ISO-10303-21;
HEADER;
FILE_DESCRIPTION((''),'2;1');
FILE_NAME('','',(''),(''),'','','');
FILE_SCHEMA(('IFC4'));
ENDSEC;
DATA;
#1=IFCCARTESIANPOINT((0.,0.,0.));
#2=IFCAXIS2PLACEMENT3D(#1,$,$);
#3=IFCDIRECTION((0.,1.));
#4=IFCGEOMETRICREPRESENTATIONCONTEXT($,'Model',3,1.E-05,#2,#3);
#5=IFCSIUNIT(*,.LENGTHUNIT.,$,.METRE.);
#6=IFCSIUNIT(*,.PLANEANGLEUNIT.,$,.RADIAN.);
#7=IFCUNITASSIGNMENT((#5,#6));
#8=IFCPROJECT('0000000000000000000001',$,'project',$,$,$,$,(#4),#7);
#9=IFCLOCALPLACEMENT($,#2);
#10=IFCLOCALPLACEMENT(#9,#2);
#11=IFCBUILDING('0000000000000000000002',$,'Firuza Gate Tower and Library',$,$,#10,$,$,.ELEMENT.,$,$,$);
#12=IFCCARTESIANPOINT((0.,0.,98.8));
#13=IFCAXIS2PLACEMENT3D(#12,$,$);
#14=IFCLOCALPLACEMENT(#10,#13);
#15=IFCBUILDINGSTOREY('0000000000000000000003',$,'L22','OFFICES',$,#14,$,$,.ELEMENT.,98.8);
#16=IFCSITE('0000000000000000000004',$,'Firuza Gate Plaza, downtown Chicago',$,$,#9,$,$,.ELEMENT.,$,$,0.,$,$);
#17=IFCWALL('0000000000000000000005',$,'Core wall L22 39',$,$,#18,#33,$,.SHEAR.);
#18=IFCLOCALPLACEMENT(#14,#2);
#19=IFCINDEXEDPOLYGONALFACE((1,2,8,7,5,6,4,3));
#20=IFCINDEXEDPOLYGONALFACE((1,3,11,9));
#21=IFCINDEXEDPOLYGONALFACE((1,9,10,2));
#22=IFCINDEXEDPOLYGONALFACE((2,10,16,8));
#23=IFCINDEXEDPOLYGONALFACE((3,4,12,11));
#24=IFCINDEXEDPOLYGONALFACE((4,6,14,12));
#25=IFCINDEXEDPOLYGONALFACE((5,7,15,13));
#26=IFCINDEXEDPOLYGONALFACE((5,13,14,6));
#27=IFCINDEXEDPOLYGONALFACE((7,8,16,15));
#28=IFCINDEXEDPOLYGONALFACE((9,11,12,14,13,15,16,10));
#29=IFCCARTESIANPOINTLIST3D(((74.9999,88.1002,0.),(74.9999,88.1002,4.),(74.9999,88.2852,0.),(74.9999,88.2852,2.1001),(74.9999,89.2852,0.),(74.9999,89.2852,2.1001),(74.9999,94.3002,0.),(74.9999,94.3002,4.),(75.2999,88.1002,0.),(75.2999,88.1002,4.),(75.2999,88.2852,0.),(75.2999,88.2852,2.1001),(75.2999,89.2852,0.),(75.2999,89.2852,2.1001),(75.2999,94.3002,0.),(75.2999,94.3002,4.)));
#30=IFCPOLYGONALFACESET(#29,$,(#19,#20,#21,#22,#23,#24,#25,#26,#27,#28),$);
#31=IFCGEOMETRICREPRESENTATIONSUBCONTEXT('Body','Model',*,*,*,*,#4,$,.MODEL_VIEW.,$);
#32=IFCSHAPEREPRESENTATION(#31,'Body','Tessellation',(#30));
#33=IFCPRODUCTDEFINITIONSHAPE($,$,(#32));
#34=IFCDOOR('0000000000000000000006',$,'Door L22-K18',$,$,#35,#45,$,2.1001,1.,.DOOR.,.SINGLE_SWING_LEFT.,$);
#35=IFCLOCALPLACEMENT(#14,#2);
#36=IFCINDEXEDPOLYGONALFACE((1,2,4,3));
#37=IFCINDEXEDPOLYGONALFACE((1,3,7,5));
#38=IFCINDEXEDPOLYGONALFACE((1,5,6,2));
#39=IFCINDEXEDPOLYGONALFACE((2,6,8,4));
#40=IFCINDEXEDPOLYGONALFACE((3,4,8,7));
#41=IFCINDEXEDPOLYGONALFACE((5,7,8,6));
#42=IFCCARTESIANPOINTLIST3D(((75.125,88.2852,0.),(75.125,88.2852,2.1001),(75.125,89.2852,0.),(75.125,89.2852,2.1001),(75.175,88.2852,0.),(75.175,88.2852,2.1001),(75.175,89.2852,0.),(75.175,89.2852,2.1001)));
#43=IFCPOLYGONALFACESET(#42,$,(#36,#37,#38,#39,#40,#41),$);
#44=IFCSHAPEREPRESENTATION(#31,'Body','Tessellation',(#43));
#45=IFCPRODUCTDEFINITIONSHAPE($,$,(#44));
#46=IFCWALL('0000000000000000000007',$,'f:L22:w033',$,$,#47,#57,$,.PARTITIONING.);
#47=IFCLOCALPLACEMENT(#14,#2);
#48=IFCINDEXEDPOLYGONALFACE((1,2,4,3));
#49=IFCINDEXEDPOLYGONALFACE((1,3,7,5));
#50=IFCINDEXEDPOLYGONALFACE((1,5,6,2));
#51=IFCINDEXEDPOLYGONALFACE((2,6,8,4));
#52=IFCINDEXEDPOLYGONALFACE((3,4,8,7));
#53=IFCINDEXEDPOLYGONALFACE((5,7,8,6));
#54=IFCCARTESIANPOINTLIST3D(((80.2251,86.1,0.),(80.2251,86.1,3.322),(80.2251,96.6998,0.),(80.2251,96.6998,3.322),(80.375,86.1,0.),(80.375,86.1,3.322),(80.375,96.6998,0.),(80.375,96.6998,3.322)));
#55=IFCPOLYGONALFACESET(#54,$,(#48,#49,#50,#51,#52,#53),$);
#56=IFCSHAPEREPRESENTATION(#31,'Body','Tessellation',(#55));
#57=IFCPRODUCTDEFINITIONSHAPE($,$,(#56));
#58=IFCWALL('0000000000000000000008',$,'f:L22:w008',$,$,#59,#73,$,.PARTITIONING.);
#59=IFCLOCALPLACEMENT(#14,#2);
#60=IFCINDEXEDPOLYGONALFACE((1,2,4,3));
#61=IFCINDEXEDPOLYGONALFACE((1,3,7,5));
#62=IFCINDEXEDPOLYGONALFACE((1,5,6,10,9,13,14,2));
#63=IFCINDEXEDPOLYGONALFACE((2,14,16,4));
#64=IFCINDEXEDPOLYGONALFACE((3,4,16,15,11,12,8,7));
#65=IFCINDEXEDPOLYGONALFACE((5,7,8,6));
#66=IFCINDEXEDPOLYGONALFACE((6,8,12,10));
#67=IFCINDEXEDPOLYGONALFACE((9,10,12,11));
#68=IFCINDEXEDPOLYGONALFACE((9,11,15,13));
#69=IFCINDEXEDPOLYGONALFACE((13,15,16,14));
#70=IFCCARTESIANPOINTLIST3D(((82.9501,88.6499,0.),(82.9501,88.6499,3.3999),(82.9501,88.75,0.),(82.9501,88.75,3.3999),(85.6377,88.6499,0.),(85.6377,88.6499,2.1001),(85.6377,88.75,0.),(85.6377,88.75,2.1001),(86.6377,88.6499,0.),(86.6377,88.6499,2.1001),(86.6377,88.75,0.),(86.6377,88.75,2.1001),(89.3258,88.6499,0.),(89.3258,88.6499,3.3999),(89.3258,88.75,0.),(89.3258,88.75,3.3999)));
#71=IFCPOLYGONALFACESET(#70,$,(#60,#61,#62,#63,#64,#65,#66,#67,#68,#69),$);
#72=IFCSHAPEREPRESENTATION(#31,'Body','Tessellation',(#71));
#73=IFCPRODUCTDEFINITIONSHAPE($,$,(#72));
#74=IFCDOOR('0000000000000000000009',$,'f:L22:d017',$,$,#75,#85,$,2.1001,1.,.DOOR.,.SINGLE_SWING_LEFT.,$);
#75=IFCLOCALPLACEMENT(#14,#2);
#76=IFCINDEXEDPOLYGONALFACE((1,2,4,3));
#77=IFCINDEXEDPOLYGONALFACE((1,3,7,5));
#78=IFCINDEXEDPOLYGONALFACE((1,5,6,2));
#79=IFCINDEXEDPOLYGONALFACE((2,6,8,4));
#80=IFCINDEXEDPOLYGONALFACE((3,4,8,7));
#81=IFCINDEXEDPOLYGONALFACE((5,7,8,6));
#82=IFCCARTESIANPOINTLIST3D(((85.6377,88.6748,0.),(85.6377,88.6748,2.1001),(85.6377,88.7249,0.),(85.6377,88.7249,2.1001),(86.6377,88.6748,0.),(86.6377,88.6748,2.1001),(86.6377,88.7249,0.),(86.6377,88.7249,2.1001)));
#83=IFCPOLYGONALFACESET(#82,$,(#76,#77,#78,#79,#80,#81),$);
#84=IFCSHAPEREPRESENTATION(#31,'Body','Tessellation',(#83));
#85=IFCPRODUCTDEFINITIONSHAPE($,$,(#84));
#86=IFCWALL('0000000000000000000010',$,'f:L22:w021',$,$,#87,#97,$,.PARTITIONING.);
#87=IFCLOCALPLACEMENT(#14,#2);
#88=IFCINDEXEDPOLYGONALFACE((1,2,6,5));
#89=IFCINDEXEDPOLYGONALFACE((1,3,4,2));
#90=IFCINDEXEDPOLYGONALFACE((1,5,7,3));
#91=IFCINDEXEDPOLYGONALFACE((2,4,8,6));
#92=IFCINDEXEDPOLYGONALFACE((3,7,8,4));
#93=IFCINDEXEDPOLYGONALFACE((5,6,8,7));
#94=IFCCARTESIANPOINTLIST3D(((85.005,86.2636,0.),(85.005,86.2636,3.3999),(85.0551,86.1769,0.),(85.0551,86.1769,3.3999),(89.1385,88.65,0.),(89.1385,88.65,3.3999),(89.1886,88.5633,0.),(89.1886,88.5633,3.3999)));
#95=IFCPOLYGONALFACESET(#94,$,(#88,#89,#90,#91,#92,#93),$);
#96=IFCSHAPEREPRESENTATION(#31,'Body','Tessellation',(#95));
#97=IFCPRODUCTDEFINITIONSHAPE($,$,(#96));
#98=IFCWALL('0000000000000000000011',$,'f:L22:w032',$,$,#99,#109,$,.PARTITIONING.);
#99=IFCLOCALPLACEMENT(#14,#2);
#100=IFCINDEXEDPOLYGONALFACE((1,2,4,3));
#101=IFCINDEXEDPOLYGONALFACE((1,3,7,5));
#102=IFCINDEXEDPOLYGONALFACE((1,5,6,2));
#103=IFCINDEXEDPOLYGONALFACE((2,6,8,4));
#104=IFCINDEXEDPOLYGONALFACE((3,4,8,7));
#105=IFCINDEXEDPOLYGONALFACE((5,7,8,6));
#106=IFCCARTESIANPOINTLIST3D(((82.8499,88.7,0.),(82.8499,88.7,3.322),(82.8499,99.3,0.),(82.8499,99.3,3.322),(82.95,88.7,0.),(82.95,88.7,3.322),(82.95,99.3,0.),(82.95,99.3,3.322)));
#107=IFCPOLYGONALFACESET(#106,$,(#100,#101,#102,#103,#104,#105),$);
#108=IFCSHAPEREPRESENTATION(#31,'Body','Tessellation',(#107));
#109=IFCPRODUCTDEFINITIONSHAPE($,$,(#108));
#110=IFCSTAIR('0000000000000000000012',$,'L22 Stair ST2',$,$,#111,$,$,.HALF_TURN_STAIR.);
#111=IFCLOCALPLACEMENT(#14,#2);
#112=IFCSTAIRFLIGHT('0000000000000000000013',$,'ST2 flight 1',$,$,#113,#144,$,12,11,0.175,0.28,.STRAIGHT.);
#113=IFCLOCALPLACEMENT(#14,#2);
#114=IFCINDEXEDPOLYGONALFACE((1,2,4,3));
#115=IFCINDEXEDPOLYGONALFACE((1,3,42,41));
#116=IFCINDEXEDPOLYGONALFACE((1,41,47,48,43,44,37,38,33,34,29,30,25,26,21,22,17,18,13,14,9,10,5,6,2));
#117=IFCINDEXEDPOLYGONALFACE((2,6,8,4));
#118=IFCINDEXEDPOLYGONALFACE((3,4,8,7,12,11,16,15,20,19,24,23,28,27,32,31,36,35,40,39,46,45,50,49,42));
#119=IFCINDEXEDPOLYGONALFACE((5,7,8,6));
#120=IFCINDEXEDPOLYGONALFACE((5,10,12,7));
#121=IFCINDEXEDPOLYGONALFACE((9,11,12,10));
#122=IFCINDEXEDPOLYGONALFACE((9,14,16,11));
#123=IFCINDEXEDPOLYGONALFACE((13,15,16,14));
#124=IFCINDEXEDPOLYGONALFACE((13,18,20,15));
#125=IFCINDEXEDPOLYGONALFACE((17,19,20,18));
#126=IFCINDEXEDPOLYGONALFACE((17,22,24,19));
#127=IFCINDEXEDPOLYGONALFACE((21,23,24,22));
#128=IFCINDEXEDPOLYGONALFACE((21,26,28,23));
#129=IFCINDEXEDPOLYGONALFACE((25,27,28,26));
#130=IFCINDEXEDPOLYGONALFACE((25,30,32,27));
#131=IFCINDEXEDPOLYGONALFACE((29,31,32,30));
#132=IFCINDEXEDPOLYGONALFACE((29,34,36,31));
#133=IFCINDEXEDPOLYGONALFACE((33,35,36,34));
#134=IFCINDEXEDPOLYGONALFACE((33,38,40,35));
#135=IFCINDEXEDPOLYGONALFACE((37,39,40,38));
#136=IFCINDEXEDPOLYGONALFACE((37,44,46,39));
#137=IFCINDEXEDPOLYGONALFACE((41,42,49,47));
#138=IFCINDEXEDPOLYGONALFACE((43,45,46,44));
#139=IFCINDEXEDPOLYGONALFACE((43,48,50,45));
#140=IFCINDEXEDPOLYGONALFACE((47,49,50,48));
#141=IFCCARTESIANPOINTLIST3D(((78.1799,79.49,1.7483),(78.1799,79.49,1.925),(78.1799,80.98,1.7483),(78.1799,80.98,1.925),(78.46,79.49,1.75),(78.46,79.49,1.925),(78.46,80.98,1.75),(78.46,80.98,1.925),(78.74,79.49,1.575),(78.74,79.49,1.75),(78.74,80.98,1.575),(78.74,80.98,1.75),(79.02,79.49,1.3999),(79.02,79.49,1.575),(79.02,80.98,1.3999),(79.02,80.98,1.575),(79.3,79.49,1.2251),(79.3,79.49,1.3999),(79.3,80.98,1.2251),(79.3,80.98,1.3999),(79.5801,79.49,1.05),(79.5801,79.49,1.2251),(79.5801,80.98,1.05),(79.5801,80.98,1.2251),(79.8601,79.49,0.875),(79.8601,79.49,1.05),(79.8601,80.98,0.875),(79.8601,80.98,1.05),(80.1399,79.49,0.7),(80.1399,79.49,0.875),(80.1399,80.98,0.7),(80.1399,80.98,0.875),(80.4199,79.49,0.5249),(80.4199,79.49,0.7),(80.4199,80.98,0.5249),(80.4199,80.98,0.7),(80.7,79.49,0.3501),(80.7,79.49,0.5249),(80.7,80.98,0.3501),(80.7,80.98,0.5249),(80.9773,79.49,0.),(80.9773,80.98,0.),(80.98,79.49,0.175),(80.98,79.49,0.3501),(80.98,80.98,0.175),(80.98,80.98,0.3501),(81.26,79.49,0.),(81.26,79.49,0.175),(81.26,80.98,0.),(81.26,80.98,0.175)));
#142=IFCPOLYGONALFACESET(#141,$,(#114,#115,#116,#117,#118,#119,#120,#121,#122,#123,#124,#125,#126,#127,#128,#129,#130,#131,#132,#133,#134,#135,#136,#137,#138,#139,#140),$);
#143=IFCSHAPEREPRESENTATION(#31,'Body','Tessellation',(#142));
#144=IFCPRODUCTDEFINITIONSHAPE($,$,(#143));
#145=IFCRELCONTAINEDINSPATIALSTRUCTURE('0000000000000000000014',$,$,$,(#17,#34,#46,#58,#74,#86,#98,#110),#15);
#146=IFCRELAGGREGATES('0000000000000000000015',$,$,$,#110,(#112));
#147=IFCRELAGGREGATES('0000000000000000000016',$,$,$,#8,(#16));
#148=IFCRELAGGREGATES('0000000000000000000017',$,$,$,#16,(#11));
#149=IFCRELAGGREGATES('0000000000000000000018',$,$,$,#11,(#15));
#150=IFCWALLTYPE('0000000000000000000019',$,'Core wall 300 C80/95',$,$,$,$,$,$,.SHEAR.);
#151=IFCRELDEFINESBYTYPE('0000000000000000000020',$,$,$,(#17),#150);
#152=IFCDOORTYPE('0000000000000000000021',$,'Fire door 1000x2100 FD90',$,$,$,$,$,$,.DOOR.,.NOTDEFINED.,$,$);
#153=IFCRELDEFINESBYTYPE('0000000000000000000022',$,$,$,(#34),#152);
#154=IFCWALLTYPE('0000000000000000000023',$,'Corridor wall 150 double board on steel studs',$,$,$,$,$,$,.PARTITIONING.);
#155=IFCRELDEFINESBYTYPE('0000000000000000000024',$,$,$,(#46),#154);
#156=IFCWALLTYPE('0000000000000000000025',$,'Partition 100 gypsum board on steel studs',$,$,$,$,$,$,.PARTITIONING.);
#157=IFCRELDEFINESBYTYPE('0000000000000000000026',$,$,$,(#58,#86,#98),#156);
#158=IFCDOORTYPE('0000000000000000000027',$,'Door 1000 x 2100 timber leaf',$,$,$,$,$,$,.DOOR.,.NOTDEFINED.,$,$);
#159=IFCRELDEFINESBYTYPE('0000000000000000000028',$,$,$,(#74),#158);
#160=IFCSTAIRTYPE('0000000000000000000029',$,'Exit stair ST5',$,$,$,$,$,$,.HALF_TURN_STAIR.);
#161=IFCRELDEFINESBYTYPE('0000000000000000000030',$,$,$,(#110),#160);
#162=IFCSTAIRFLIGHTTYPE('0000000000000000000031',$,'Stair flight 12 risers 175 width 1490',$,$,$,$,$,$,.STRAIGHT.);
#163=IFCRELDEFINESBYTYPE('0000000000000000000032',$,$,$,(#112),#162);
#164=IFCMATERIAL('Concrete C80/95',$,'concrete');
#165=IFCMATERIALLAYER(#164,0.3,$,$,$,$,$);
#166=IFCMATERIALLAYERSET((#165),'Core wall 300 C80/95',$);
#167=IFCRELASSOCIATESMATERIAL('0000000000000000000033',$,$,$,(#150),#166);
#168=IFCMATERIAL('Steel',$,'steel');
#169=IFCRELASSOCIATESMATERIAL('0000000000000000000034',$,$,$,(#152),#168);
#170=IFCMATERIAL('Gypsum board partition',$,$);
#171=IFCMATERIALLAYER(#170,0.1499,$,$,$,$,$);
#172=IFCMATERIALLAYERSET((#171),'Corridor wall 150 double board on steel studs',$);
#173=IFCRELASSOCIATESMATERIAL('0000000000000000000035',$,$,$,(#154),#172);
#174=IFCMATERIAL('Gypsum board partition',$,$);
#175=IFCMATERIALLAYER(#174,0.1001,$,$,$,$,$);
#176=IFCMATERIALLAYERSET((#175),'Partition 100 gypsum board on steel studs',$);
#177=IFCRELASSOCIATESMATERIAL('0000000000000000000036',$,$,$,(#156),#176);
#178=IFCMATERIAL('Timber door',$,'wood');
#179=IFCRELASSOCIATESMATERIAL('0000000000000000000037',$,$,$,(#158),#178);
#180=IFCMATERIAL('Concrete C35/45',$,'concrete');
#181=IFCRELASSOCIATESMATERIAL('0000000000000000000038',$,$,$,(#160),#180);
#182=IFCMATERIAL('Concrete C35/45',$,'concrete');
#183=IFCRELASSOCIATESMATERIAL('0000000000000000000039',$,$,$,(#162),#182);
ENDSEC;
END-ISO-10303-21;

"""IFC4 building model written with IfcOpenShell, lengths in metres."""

from ifc_helpers import new_model, si_unit, direction, frame, frame_2d, origin, place, context, subcontext, project, spatial, polyline, rectangle, outline, extrude, material, layer, layer_set, type_object, element, fill, aggregate, save


model = new_model("IFC4")

# Units and contexts
model_context = context("Model", 3, precision=1e-05, world=origin(), true_north=direction((0.0, 1.0)))
body_context = subcontext(model_context, "Body", "Model", "MODEL_VIEW")
ifc_project = project(units=[si_unit("LENGTHUNIT", "METRE"), si_unit("PLANEANGLEUNIT", "RADIAN")], contexts=[model_context])

# Site, building, storey
site_placement = place(None, origin())
site = spatial("IfcSite", under=ifc_project, at=site_placement, Name="Firuza Gate Plaza, downtown Chicago", CompositionType="ELEMENT", RefElevation=0.0)
building_placement = place(site_placement, origin())
building = spatial("IfcBuilding", under=site, at=building_placement, Name="Firuza Gate Tower and Library", CompositionType="ELEMENT")
storey_placement = place(building_placement, frame((0.0, 0.0, 98.8)))
storey = spatial("IfcBuildingStorey", under=building, at=storey_placement, Name="L22", Description="OFFICES", CompositionType="ELEMENT", Elevation=98.8)

# Shared definitions
ifc_material_1 = material(Name="Concrete C80/95", Category="concrete")
ifc_layer_1 = layer(ifc_material_1, 0.3)
ifc_layer_set_1 = layer_set([ifc_layer_1], Name="Core wall 300 C80/95")
wall_type_1 = type_object("IfcWallType", Name="Core wall 300 C80/95", PredefinedType="SHEAR", material=ifc_layer_set_1)

# Shared definitions
ifc_material_2 = material(Name="Steel", Category="steel")
door_type_1 = type_object("IfcDoorType", Name="Fire door 1000x2100 FD90", OperationType="NOTDEFINED", PredefinedType="DOOR", material=ifc_material_2)

# Wall, opening, door
wall_1_placement = place(storey_placement, frame((75.1499, 88.1001, 0.0), z_axis=(0.0, 0.0, 1.0), x_axis=(0.0, 1.0, 0.0)))
wall_1 = element("IfcWall", 1, at=wall_1_placement, inside=storey, type_object=wall_type_1, Name="Core wall L22 39", PredefinedType="SHEAR", context=body_context, shape_type="SweptSolid", body=[
    extrude(rectangle(XDim=6.2, YDim=0.3, at=frame_2d((3.1001, 0.0))), origin(), (0.0, 0.0, 1.0), 4.0),
])
opening_1_placement = place(wall_1_placement, frame((0.1851, 0.0, 0.0)))
opening_1 = element("IfcOpeningElement", 2, at=opening_1_placement, cuts=wall_1, PredefinedType="OPENING", context=body_context, shape_type="SweptSolid", body=[
    extrude(rectangle(XDim=1.0, YDim=2.1001, at=frame_2d((0.5, 1.05))), frame((0.0, 0.1602, 0.0), z_axis=(0.0, -1.0, 0.0), x_axis=(1.0, 0.0, 0.0)), (0.0, 0.0, 1.0), 0.3201),
])
door_1_placement = place(opening_1_placement, origin())
door_1 = element("IfcDoor", 3, at=door_1_placement, inside=storey, type_object=door_type_1, Name="Door L22-K18", OperationType="SINGLE_SWING_LEFT", OverallHeight=2.1001, OverallWidth=1.0, PredefinedType="DOOR", context=body_context, shape_type="SweptSolid", body=[
    extrude(rectangle(XDim=1.0, YDim=2.1001, at=frame_2d((0.5, 1.05))), frame((0.0, 0.0249, 0.0), z_axis=(0.0, -1.0, 0.0), x_axis=(1.0, 0.0, 0.0)), (0.0, 0.0, 1.0), 0.05),
])
fill(opening_1, door_1)

# Wall
ifc_material_3 = material(Name="Gypsum board partition")
ifc_layer_2 = layer(ifc_material_3, 0.1499)
ifc_layer_set_2 = layer_set([ifc_layer_2], Name="Corridor wall 150 double board on steel studs")
wall_type_2 = type_object("IfcWallType", Name="Corridor wall 150 double board on steel studs", PredefinedType="PARTITIONING", material=ifc_layer_set_2)
wall_2_placement = place(storey_placement, frame((80.3, 86.1001, 0.0), z_axis=(0.0, 0.0, 1.0), x_axis=(0.0, 1.0, 0.0)))
element("IfcWall", 4, at=wall_2_placement, inside=storey, type_object=wall_type_2, Name="f:L22:w033", PredefinedType="PARTITIONING", context=body_context, shape_type="SweptSolid", body=[
    extrude(rectangle(XDim=10.5999, YDim=0.1499, at=frame_2d((5.2998, 0.0))), origin(), (0.0, 0.0, 1.0), 3.322),
])

# Wall, opening, door
ifc_material_4 = material(Name="Gypsum board partition")
ifc_layer_3 = layer(ifc_material_4, 0.1001)
ifc_layer_set_3 = layer_set([ifc_layer_3], Name="Partition 100 gypsum board on steel studs")
wall_type_3 = type_object("IfcWallType", Name="Partition 100 gypsum board on steel studs", PredefinedType="PARTITIONING", material=ifc_layer_set_3)
wall_3_placement = place(storey_placement, frame((82.95, 88.7, 0.0), z_axis=(0.0, 0.0, 1.0), x_axis=(1.0, 0.0, 0.0)))
wall_3 = element("IfcWall", 5, at=wall_3_placement, inside=storey, type_object=wall_type_3, Name="f:L22:w008", PredefinedType="PARTITIONING", context=body_context, shape_type="SweptSolid", body=[
    extrude(rectangle(XDim=6.3757, YDim=0.1001, at=frame_2d((3.188, 0.0))), origin(), (0.0, 0.0, 1.0), 3.3999),
])
opening_2_placement = place(wall_3_placement, frame((2.6877, 0.0, 0.0)))
opening_2 = element("IfcOpeningElement", 6, at=opening_2_placement, cuts=wall_3, PredefinedType="OPENING", context=body_context, shape_type="SweptSolid", body=[
    extrude(rectangle(XDim=1.0, YDim=2.1001, at=frame_2d((0.5, 1.05))), frame((0.0, 0.0601, 0.0), z_axis=(0.0, -1.0, 0.0), x_axis=(1.0, 0.0, 0.0)), (0.0, 0.0, 1.0), 0.1201),
])
ifc_material_5 = material(Name="Timber door", Category="wood")
door_type_2 = type_object("IfcDoorType", Name="Door 1000 x 2100 timber leaf", OperationType="NOTDEFINED", PredefinedType="DOOR", material=ifc_material_5)
door_2_placement = place(opening_2_placement, origin())
door_2 = element("IfcDoor", 7, at=door_2_placement, inside=storey, type_object=door_type_2, Name="f:L22:d017", OperationType="SINGLE_SWING_LEFT", OverallHeight=2.1001, OverallWidth=1.0, PredefinedType="DOOR", context=body_context, shape_type="SweptSolid", body=[
    extrude(rectangle(XDim=1.0, YDim=2.1001, at=frame_2d((0.5, 1.05))), frame((0.0, 0.0249, 0.0), z_axis=(0.0, -1.0, 0.0), x_axis=(1.0, 0.0, 0.0)), (0.0, 0.0, 1.0), 0.05),
])
fill(opening_2, door_2)

# Walls
wall_4_placement = place(storey_placement, frame((85.03, 86.2202, 0.0), z_axis=(0.0, 0.0, 1.0), x_axis=(0.866028, 0.499995, 0.0)))
element("IfcWall", 8, at=wall_4_placement, inside=storey, type_object=wall_type_3, Name="f:L22:w021", PredefinedType="PARTITIONING", context=body_context, shape_type="SweptSolid", body=[
    extrude(rectangle(XDim=4.7729, YDim=0.1001, at=frame_2d((2.3865, 0.0))), origin(), (0.0, 0.0, 1.0), 3.3999),
])
wall_5_placement = place(storey_placement, frame((82.8999, 88.7, 0.0), z_axis=(0.0, 0.0, 1.0), x_axis=(0.0, 1.0, 0.0)))
element("IfcWall", 9, at=wall_5_placement, inside=storey, type_object=wall_type_3, Name="f:L22:w032", PredefinedType="PARTITIONING", context=body_context, shape_type="SweptSolid", body=[
    extrude(rectangle(XDim=10.6001, YDim=0.1001, at=frame_2d((5.3, 0.0))), origin(), (0.0, 0.0, 1.0), 3.322),
])

# Stair, stair flight
ifc_material_6 = material(Name="Concrete C35/45", Category="concrete")
stair_type = type_object("IfcStairType", Name="Exit stair ST5", PredefinedType="HALF_TURN_STAIR", material=ifc_material_6)
stair_placement = place(storey_placement, origin())
stair = element("IfcStair", 10, at=stair_placement, inside=storey, type_object=stair_type, Name="L22 Stair ST2", PredefinedType="HALF_TURN_STAIR")
ifc_material_7 = material(Name="Concrete C35/45", Category="concrete")
stair_flight_type = type_object("IfcStairFlightType", Name="Stair flight 12 risers 175 width 1490", PredefinedType="STRAIGHT", material=ifc_material_7)
stair_flight_1_placement = place(storey_placement, frame((81.26, 80.2351, 0.0), z_axis=(0.0, 0.0, 1.0), x_axis=(-1.0, 0.0, 0.0)))
stair_flight_1 = element("IfcStairFlight", 11, at=stair_flight_1_placement, type_object=stair_flight_type, Name="ST2 flight 1", NumberOfRisers=12, NumberOfTreads=11, PredefinedType="STRAIGHT", RiserHeight=0.175, TreadLength=0.28, context=body_context, shape_type="SweptSolid", body=[
    extrude(outline(polyline([(0.0, 0.0), (0.0, 0.175), (0.28, 0.175), (0.28, 0.3501), (0.5601, 0.3501), (0.5601, 0.5249), (0.8401, 0.5249), (0.8401, 0.7), (1.1201, 0.7), (1.1201, 0.875), (1.3999, 0.875), (1.3999, 1.05), (1.6799, 1.05), (1.6799, 1.2251), (1.96, 1.2251), (1.96, 1.3999), (2.24, 1.3999), (2.24, 1.575), (2.52, 1.575), (2.52, 1.75), (2.8, 1.75), (2.8, 1.925), (3.0801, 1.925), (3.0801, 2.1001), (3.0801, 1.7483), (0.2827, 0.0), (0.0, 0.0)])), frame((0.0, 0.7451, 0.0), z_axis=(0.0, -1.0, 0.0), x_axis=(1.0, 0.0, 0.0)), (0.0, 0.0, 1.0), 1.49),
])
aggregate(stair, [stair_flight_1])

save(model, "model.ifc")
